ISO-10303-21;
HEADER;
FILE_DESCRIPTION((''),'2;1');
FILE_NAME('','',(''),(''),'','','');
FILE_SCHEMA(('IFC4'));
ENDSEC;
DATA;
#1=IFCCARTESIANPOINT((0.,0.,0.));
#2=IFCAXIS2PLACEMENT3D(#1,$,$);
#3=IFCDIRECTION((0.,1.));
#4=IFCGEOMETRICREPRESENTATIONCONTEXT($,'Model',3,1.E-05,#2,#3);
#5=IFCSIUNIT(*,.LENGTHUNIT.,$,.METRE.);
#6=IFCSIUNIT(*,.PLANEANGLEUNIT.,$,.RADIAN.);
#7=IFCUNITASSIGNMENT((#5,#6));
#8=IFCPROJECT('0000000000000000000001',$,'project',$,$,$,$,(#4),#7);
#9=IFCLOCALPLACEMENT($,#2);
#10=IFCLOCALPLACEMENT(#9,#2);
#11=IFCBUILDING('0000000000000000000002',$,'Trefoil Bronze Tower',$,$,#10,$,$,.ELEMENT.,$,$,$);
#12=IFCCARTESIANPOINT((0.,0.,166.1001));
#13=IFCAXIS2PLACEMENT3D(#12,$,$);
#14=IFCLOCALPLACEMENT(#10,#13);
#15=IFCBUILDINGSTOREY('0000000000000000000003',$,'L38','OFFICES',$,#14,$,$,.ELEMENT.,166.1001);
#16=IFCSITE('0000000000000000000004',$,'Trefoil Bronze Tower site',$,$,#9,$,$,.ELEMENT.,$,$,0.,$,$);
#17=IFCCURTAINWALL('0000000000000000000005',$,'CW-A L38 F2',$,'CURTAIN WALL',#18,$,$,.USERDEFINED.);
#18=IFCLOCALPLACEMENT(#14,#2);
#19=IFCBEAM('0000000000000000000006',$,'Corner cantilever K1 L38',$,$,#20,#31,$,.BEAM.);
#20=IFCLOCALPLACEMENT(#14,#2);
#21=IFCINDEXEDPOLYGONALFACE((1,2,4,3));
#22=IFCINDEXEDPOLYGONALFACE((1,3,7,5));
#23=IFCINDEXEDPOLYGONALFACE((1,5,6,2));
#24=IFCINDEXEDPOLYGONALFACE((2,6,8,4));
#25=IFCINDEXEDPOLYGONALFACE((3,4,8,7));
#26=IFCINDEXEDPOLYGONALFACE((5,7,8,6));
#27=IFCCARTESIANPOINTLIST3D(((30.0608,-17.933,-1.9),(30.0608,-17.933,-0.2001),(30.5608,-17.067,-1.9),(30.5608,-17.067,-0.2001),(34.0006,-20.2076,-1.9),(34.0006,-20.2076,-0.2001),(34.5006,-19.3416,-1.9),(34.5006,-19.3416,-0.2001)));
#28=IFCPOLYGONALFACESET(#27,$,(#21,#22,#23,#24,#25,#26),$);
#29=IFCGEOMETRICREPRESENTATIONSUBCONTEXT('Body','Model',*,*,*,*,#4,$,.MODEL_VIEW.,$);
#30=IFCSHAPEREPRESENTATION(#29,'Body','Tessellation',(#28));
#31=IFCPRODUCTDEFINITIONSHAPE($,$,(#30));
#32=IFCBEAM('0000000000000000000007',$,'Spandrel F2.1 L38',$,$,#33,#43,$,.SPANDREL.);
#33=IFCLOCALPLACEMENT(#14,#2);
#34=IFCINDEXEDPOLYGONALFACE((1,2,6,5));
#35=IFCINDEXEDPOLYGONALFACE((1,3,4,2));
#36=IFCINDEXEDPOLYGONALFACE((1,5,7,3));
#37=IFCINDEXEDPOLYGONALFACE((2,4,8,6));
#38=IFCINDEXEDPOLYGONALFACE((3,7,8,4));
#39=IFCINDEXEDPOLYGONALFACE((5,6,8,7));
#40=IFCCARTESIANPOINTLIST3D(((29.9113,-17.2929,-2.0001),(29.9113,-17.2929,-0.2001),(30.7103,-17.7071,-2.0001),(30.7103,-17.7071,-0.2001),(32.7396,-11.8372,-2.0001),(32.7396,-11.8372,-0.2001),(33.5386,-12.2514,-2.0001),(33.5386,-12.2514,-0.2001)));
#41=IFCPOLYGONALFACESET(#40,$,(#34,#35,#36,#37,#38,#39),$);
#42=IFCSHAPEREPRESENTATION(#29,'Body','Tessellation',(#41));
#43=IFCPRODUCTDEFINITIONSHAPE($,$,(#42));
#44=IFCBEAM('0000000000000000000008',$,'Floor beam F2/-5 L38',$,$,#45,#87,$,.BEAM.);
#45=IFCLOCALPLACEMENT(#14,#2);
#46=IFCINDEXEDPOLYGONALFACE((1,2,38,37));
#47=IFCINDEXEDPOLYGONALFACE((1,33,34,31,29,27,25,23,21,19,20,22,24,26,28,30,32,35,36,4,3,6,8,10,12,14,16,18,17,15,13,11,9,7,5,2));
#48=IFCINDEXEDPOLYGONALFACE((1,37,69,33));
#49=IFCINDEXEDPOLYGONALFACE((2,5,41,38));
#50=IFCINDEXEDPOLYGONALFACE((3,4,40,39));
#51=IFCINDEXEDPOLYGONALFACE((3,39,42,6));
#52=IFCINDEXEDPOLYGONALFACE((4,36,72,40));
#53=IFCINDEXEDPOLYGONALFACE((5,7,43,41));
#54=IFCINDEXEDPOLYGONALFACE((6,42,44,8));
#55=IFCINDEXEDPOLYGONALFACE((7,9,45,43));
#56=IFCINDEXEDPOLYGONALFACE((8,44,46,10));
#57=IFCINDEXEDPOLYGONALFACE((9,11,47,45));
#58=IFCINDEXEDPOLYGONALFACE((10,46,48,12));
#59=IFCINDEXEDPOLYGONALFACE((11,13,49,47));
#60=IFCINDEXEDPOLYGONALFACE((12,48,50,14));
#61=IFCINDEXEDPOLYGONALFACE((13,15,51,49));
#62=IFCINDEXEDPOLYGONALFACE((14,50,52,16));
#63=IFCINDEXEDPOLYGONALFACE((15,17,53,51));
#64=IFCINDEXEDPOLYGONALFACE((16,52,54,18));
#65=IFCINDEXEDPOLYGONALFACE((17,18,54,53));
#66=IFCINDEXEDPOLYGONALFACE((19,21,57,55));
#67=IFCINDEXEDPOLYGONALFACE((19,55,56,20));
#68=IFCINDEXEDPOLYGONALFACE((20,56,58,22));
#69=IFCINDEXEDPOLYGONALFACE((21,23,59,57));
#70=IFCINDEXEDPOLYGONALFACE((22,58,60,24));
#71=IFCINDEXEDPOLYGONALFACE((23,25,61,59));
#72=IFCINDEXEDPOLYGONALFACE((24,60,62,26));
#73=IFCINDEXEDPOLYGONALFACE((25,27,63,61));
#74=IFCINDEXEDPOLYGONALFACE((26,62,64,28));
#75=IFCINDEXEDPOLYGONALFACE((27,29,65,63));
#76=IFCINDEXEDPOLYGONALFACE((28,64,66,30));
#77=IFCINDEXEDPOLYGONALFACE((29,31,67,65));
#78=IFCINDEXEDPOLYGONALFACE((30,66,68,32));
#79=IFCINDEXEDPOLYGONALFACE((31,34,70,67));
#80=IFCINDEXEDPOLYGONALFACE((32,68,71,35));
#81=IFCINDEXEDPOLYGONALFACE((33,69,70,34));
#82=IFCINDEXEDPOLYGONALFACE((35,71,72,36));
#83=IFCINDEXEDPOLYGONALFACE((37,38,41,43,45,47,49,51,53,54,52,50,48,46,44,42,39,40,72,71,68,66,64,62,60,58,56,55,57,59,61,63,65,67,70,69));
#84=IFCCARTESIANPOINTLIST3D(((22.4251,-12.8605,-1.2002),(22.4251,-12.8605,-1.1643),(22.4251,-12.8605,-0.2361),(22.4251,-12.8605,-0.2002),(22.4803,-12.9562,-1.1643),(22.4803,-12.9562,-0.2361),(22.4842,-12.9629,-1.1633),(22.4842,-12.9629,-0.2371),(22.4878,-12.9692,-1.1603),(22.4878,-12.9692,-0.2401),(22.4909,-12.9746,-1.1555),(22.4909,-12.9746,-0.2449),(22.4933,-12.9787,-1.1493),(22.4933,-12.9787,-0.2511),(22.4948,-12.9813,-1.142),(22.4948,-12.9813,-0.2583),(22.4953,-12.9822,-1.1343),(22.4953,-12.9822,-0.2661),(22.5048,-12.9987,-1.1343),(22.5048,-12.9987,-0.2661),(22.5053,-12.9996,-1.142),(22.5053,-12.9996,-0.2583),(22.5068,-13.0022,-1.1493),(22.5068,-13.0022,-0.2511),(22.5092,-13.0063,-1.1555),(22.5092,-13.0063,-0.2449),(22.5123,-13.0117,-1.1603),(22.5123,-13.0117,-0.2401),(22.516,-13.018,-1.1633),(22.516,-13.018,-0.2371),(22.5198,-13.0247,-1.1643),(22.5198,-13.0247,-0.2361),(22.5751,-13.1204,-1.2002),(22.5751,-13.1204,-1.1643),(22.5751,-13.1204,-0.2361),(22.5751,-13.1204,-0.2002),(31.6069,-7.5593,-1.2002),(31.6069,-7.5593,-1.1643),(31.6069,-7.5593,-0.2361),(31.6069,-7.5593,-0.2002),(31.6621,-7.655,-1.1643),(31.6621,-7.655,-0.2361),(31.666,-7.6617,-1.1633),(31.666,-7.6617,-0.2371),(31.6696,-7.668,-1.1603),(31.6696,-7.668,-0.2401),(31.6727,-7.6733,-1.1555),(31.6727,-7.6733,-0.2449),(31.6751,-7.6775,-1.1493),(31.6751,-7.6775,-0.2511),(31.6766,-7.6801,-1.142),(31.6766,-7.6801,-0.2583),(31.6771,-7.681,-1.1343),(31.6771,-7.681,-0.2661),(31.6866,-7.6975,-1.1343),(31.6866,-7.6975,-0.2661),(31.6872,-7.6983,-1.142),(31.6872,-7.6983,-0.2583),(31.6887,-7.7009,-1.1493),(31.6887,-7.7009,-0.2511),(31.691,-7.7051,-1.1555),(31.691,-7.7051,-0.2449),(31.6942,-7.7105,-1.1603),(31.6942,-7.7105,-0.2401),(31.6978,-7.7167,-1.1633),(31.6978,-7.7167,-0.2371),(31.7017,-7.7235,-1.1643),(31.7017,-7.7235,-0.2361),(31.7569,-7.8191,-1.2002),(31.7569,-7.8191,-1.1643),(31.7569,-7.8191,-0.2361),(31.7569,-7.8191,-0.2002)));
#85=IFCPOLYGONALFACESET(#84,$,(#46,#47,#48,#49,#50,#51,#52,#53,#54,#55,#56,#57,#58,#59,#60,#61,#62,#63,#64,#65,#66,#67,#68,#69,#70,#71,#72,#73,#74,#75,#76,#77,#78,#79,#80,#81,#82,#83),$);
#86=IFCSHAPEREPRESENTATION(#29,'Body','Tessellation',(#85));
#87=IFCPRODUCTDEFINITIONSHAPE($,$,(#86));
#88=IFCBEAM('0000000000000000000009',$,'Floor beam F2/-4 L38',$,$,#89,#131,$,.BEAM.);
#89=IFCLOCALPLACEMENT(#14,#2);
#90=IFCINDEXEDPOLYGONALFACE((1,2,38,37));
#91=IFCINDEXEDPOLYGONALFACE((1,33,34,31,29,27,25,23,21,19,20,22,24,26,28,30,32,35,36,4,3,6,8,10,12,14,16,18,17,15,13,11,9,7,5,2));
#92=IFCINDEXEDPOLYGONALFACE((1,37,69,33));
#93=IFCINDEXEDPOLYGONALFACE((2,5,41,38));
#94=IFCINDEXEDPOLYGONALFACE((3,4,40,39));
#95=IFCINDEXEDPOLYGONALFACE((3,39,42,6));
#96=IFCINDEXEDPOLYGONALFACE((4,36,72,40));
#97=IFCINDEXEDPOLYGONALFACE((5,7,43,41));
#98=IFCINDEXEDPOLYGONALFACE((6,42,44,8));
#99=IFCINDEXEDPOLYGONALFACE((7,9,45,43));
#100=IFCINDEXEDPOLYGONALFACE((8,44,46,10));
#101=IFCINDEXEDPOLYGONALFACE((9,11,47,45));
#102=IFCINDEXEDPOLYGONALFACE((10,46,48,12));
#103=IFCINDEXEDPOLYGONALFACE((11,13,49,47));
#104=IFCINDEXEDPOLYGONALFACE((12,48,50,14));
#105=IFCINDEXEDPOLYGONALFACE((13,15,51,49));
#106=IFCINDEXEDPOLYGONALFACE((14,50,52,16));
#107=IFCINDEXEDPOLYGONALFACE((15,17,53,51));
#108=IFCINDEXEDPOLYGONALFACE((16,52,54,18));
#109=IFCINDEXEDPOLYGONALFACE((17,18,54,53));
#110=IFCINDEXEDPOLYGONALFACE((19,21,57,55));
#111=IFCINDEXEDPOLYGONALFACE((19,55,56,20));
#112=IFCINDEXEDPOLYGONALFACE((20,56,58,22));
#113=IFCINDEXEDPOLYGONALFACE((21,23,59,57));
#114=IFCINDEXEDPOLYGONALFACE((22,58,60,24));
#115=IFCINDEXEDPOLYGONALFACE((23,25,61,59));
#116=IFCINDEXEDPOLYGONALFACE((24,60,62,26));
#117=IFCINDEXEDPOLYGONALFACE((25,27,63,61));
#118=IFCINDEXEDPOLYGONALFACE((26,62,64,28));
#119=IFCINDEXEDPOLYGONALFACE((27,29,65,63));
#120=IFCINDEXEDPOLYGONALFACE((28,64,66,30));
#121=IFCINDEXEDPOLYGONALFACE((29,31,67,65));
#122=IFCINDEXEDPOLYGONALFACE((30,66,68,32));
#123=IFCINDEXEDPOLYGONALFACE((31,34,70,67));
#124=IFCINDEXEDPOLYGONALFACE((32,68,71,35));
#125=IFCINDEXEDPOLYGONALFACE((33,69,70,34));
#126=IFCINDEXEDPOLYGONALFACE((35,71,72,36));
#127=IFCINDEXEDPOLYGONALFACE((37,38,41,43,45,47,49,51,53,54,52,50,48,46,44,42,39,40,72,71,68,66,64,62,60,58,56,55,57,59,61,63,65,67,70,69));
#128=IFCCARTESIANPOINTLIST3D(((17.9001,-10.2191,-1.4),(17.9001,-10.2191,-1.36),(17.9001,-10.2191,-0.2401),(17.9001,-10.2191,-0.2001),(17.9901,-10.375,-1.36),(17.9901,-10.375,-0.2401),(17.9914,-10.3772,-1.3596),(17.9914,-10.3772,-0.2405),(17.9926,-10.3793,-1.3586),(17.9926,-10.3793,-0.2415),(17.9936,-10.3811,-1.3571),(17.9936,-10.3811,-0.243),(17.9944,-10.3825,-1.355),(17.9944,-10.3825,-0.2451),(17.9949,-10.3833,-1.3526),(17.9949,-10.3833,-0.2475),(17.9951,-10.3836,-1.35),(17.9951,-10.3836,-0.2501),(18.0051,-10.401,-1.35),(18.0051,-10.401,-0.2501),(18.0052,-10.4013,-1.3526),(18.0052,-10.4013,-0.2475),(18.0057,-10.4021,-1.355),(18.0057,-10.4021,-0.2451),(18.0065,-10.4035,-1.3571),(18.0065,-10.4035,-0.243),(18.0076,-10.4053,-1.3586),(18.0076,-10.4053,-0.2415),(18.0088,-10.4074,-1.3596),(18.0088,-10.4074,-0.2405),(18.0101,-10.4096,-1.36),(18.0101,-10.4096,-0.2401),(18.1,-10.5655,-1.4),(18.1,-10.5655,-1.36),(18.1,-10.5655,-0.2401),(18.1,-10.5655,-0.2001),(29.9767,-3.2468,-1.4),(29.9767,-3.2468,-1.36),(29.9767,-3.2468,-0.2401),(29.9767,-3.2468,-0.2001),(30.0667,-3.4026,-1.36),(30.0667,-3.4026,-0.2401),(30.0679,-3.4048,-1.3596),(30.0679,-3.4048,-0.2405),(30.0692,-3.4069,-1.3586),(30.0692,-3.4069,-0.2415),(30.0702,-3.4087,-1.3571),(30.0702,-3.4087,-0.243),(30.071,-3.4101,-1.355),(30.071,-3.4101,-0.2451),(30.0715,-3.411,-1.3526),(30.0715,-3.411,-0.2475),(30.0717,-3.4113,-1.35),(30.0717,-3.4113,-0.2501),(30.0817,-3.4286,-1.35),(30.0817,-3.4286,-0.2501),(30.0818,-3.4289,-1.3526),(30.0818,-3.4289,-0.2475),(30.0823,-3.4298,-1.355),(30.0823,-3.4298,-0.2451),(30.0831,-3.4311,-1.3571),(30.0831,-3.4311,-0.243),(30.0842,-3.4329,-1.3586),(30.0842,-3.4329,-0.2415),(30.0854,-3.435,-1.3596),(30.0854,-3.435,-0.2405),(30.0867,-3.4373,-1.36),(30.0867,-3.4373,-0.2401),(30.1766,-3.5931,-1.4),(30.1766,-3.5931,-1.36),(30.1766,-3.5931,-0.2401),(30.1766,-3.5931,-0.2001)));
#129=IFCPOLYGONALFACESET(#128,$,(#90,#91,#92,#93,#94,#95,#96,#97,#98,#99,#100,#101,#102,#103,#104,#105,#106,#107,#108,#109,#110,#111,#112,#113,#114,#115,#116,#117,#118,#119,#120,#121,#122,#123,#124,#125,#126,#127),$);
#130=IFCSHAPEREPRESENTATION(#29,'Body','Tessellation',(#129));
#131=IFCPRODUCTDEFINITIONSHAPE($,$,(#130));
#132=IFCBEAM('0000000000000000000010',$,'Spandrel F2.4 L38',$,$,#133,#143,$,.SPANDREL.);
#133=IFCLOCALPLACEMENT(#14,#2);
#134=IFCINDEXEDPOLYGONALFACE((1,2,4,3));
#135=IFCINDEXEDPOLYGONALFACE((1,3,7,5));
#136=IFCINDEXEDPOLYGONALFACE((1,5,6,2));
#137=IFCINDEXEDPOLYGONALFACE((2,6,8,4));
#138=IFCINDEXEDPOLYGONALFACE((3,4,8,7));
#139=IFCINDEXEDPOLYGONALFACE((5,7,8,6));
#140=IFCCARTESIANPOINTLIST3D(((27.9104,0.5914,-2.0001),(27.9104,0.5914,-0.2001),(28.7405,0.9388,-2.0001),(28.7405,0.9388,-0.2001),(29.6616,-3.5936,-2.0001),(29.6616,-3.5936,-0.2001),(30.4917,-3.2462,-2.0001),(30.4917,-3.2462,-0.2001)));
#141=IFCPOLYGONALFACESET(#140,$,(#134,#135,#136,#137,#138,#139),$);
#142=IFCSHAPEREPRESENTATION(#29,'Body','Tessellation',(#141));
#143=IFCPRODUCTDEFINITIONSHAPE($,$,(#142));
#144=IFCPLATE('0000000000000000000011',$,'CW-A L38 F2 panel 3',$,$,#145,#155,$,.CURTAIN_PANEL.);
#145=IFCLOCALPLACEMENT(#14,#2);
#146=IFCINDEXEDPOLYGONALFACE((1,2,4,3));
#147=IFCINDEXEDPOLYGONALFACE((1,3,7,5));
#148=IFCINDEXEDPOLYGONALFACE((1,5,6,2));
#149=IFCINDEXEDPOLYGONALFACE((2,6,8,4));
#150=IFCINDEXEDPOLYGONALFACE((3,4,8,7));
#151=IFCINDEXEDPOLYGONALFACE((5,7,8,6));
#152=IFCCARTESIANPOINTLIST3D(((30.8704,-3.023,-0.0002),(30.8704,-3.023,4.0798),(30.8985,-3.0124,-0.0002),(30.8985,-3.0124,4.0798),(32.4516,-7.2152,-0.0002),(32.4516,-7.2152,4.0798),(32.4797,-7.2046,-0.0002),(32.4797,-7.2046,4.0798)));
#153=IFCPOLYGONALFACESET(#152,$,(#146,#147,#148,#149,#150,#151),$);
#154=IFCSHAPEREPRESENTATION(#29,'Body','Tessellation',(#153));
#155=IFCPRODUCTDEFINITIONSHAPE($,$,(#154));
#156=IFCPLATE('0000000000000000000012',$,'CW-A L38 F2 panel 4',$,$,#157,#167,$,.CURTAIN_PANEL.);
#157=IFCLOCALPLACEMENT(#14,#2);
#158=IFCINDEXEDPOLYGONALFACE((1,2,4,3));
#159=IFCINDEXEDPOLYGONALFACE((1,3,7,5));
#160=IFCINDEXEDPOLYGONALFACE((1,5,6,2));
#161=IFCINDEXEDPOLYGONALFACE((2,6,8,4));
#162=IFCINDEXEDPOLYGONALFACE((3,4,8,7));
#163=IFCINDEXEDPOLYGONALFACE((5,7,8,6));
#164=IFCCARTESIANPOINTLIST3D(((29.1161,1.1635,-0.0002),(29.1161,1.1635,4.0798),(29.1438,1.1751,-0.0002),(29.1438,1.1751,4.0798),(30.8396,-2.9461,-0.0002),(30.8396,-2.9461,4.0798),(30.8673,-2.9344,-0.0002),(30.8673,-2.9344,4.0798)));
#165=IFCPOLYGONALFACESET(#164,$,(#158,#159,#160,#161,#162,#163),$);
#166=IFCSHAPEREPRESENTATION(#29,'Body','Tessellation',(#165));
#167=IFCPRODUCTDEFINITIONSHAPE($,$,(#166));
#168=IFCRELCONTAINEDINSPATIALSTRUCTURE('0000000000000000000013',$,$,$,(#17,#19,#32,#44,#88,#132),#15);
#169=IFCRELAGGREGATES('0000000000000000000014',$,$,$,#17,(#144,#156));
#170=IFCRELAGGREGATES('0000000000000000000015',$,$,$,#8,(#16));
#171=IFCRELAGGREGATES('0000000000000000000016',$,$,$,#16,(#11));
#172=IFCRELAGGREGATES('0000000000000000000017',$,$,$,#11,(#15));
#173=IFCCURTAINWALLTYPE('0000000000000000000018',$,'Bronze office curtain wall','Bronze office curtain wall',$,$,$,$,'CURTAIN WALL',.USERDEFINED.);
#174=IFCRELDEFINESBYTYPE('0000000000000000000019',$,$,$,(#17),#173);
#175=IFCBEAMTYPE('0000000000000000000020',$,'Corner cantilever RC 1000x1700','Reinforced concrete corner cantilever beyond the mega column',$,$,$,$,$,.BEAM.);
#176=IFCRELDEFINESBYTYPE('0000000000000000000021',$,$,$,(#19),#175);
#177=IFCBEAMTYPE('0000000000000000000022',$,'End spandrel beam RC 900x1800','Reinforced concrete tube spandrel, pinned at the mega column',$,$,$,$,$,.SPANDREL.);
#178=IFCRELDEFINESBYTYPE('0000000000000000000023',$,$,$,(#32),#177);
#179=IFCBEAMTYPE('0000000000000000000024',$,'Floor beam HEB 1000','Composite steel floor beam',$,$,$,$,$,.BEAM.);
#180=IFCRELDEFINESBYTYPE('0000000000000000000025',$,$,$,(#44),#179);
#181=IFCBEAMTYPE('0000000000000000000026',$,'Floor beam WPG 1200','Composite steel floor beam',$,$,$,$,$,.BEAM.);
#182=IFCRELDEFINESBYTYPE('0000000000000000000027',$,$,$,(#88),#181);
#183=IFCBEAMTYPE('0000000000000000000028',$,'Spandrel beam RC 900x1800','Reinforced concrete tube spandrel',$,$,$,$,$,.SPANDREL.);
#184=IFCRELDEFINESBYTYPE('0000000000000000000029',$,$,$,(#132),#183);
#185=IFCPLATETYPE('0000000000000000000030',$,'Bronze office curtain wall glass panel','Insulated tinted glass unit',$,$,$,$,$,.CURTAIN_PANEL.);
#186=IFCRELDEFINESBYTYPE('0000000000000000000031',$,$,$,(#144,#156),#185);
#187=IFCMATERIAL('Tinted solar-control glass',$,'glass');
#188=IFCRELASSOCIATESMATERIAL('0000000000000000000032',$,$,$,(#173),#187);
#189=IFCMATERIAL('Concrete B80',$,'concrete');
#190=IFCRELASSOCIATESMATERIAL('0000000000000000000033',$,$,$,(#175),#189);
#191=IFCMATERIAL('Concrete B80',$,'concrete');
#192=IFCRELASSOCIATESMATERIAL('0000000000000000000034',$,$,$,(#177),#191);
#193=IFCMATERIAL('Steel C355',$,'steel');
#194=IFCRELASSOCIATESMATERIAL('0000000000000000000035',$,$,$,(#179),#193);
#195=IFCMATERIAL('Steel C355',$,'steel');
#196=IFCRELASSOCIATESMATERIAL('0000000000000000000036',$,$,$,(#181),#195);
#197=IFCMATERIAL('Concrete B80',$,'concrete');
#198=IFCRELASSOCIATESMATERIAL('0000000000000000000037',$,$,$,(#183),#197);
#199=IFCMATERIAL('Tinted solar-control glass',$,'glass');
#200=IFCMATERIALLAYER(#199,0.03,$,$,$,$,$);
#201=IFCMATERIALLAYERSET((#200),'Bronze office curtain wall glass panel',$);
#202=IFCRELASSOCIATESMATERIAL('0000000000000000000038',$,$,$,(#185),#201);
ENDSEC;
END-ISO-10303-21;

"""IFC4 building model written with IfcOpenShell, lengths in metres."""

from ifc_helpers import new_model, si_unit, direction, frame, origin, origin_2d, place, context, subcontext, project, spatial, rectangle, i_section, extrude, material, layer, layer_set, material_profile, profile_set, type_object, element, aggregate, save


model = new_model("IFC4")

# Units and contexts
model_context = context("Model", 3, precision=1e-05, world=origin(), true_north=direction((0.0, 1.0)))
body_context = subcontext(model_context, "Body", "Model", "MODEL_VIEW")
ifc_project = project(units=[si_unit("LENGTHUNIT", "METRE"), si_unit("PLANEANGLEUNIT", "RADIAN")], contexts=[model_context])

# Site, building, storey
site_placement = place(None, origin())
site = spatial("IfcSite", under=ifc_project, at=site_placement, Name="Trefoil Bronze Tower site", CompositionType="ELEMENT", RefElevation=0.0)
building_placement = place(site_placement, origin())
building = spatial("IfcBuilding", under=site, at=building_placement, Name="Trefoil Bronze Tower", CompositionType="ELEMENT")
storey_placement = place(building_placement, frame((0.0, 0.0, 166.1001)))
storey = spatial("IfcBuildingStorey", under=building, at=storey_placement, Name="L38", Description="OFFICES", CompositionType="ELEMENT", Elevation=166.1001)

# Curtain wall
ifc_material_1 = material(Name="Tinted solar-control glass", Category="glass")
curtain_wall_type = type_object("IfcCurtainWallType", Name="Bronze office curtain wall", Description="Bronze office curtain wall", ElementType="CURTAIN WALL", PredefinedType="USERDEFINED", material=ifc_material_1)
curtain_wall_placement = place(storey_placement, origin())
curtain_wall = element("IfcCurtainWall", 1, at=curtain_wall_placement, inside=storey, type_object=curtain_wall_type, Name="CW-A L38 F2", ObjectType="CURTAIN WALL", PredefinedType="USERDEFINED")

# Beams
ifc_material_2 = material(Name="Concrete B80", Category="concrete")
ifc_material_profile_1 = material_profile(ifc_material_2, rectangle(XDim=1.0, YDim=1.7, at=origin_2d()), Name="RC 1000x1700")
ifc_profile_set_1 = profile_set([ifc_material_profile_1], Name="Concrete B80")
beam_type_1 = type_object("IfcBeamType", Name="Corner cantilever RC 1000x1700", Description="Reinforced concrete corner cantilever beyond the mega column", PredefinedType="BEAM", material=ifc_profile_set_1)
beam_1_placement = place(storey_placement, frame((30.3108, -17.5, -1.05), z_axis=(0.866032, -0.499989, 0.0), x_axis=(0.499989, 0.866032, 0.0)))
element("IfcBeam", 2, at=beam_1_placement, inside=storey, type_object=beam_type_1, Name="Corner cantilever K1 L38", PredefinedType="BEAM", context=body_context, shape_type="SweptSolid", body=[
    extrude(rectangle(XDim=1.0, YDim=1.7, at=origin_2d()), origin(), (0.0, 0.0, 1.0), 4.5493),
])
ifc_material_3 = material(Name="Concrete B80", Category="concrete")
ifc_material_profile_2 = material_profile(ifc_material_3, rectangle(XDim=0.8999, YDim=1.8, at=origin_2d()), Name="RC 900x1800")
ifc_profile_set_2 = profile_set([ifc_material_profile_2], Name="Concrete B80")
beam_type_2 = type_object("IfcBeamType", Name="End spandrel beam RC 900x1800", Description="Reinforced concrete tube spandrel, pinned at the mega column", PredefinedType="SPANDREL", material=ifc_profile_set_2)
beam_2_placement = place(storey_placement, frame((30.3108, -17.5, -1.1001), z_axis=(0.460244, 0.887792, 0.0), x_axis=(-0.887792, 0.460244, 0.0)))
element("IfcBeam", 3, at=beam_2_placement, inside=storey, type_object=beam_type_2, Name="Spandrel F2.1 L38", PredefinedType="SPANDREL", context=body_context, shape_type="SweptSolid", body=[
    extrude(rectangle(XDim=0.8999, YDim=1.8, at=origin_2d()), origin(), (0.0, 0.0, 1.0), 6.1453),
])
ifc_material_4 = material(Name="Steel C355", Category="steel")
ifc_material_profile_3 = material_profile(ifc_material_4, i_section(OverallWidth=0.3, OverallDepth=1.0, WebThickness=0.019, FlangeThickness=0.0359, FilletRadius=0.03, at=origin_2d()), Name="HEB 1000")
ifc_profile_set_3 = profile_set([ifc_material_profile_3], Name="Steel C355")
beam_type_3 = type_object("IfcBeamType", Name="Floor beam HEB 1000", Description="Composite steel floor beam", PredefinedType="BEAM", material=ifc_profile_set_3)
beam_3_placement = place(storey_placement, frame((31.6819, -7.6892, -0.7002), z_axis=(-0.866021, -0.500007, 0.0), x_axis=(0.500007, -0.866021, 0.0)))
element("IfcBeam", 4, at=beam_3_placement, inside=storey, type_object=beam_type_3, Name="Floor beam F2/-5 L38", PredefinedType="BEAM", context=body_context, shape_type="SweptSolid", body=[
    extrude(i_section(OverallWidth=0.3, OverallDepth=1.0, WebThickness=0.019, FlangeThickness=0.0359, FilletRadius=0.03, at=origin_2d()), origin(), (0.0, 0.0, 1.0), 10.6023),
])
ifc_material_5 = material(Name="Steel C355", Category="steel")
ifc_material_profile_4 = material_profile(ifc_material_5, i_section(OverallWidth=0.3999, OverallDepth=1.2, WebThickness=0.02, FlangeThickness=0.04, FilletRadius=0.01, at=origin_2d()), Name="WPG 1200")
ifc_profile_set_4 = profile_set([ifc_material_profile_4], Name="Steel C355")
beam_type_4 = type_object("IfcBeamType", Name="Floor beam WPG 1200", Description="Composite steel floor beam", PredefinedType="BEAM", material=ifc_profile_set_4)
beam_4_placement = place(storey_placement, frame((30.0767, -3.4199, -0.8), z_axis=(-0.866027, -0.499997, 0.0), x_axis=(0.499997, -0.866027, 0.0)))
element("IfcBeam", 5, at=beam_4_placement, inside=storey, type_object=beam_type_4, Name="Floor beam F2/-4 L38", PredefinedType="BEAM", context=body_context, shape_type="SweptSolid", body=[
    extrude(i_section(OverallWidth=0.3999, OverallDepth=1.2, WebThickness=0.02, FlangeThickness=0.04, FilletRadius=0.01, at=origin_2d()), origin(), (0.0, 0.0, 1.0), 13.9448),
])
ifc_material_6 = material(Name="Concrete B80", Category="concrete")
ifc_material_profile_5 = material_profile(ifc_material_6, rectangle(XDim=0.8999, YDim=1.8, at=origin_2d()), Name="RC 900x1800")
ifc_profile_set_5 = profile_set([ifc_material_profile_5], Name="Concrete B80")
beam_type_5 = type_object("IfcBeamType", Name="Spandrel beam RC 900x1800", Description="Reinforced concrete tube spandrel", PredefinedType="SPANDREL", material=ifc_profile_set_5)
beam_5_placement = place(storey_placement, frame((30.0767, -3.4199, -1.1001), z_axis=(-0.386013, 0.922493, 0.0), x_axis=(-0.922493, -0.386013, 0.0)))
element("IfcBeam", 6, at=beam_5_placement, inside=storey, type_object=beam_type_5, Name="Spandrel F2.4 L38", PredefinedType="SPANDREL", context=body_context, shape_type="SweptSolid", body=[
    extrude(rectangle(XDim=0.8999, YDim=1.8, at=origin_2d()), origin(), (0.0, 0.0, 1.0), 4.5366),
])

# Plates
ifc_material_7 = material(Name="Tinted solar-control glass", Category="glass")
ifc_layer_1 = layer(ifc_material_7, 0.03)
ifc_layer_set_1 = layer_set([ifc_layer_1], Name="Bronze office curtain wall glass panel")
plate_type = type_object("IfcPlateType", Name="Bronze office curtain wall glass panel", Description="Insulated tinted glass unit", PredefinedType="CURTAIN_PANEL", material=ifc_layer_set_1)
plate_1_placement = place(storey_placement, frame((31.675, -5.1138, -0.0002), z_axis=(0.0, 0.0, 1.0), x_axis=(-0.35292, 0.935654, 0.0)))
plate_1 = element("IfcPlate", 7, at=plate_1_placement, type_object=plate_type, Name="CW-A L38 F2 panel 3", PredefinedType="CURTAIN_PANEL", context=body_context, shape_type="SweptSolid", body=[
    extrude(rectangle(XDim=4.4805, YDim=0.03, at=origin_2d()), origin(), (0.0, 0.0, 1.0), 4.0801),
])
plate_2_placement = place(storey_placement, frame((29.9917, -0.8855, -0.0002), z_axis=(0.0, 0.0, 1.0), x_axis=(-0.386759, 0.922181, 0.0)))
plate_2 = element("IfcPlate", 8, at=plate_2_placement, type_object=plate_type, Name="CW-A L38 F2 panel 4", PredefinedType="CURTAIN_PANEL", context=body_context, shape_type="SweptSolid", body=[
    extrude(rectangle(XDim=4.4563, YDim=0.03, at=origin_2d()), origin(), (0.0, 0.0, 1.0), 4.0801),
])
aggregate(curtain_wall, [plate_1, plate_2])

save(model, "model.ifc")
